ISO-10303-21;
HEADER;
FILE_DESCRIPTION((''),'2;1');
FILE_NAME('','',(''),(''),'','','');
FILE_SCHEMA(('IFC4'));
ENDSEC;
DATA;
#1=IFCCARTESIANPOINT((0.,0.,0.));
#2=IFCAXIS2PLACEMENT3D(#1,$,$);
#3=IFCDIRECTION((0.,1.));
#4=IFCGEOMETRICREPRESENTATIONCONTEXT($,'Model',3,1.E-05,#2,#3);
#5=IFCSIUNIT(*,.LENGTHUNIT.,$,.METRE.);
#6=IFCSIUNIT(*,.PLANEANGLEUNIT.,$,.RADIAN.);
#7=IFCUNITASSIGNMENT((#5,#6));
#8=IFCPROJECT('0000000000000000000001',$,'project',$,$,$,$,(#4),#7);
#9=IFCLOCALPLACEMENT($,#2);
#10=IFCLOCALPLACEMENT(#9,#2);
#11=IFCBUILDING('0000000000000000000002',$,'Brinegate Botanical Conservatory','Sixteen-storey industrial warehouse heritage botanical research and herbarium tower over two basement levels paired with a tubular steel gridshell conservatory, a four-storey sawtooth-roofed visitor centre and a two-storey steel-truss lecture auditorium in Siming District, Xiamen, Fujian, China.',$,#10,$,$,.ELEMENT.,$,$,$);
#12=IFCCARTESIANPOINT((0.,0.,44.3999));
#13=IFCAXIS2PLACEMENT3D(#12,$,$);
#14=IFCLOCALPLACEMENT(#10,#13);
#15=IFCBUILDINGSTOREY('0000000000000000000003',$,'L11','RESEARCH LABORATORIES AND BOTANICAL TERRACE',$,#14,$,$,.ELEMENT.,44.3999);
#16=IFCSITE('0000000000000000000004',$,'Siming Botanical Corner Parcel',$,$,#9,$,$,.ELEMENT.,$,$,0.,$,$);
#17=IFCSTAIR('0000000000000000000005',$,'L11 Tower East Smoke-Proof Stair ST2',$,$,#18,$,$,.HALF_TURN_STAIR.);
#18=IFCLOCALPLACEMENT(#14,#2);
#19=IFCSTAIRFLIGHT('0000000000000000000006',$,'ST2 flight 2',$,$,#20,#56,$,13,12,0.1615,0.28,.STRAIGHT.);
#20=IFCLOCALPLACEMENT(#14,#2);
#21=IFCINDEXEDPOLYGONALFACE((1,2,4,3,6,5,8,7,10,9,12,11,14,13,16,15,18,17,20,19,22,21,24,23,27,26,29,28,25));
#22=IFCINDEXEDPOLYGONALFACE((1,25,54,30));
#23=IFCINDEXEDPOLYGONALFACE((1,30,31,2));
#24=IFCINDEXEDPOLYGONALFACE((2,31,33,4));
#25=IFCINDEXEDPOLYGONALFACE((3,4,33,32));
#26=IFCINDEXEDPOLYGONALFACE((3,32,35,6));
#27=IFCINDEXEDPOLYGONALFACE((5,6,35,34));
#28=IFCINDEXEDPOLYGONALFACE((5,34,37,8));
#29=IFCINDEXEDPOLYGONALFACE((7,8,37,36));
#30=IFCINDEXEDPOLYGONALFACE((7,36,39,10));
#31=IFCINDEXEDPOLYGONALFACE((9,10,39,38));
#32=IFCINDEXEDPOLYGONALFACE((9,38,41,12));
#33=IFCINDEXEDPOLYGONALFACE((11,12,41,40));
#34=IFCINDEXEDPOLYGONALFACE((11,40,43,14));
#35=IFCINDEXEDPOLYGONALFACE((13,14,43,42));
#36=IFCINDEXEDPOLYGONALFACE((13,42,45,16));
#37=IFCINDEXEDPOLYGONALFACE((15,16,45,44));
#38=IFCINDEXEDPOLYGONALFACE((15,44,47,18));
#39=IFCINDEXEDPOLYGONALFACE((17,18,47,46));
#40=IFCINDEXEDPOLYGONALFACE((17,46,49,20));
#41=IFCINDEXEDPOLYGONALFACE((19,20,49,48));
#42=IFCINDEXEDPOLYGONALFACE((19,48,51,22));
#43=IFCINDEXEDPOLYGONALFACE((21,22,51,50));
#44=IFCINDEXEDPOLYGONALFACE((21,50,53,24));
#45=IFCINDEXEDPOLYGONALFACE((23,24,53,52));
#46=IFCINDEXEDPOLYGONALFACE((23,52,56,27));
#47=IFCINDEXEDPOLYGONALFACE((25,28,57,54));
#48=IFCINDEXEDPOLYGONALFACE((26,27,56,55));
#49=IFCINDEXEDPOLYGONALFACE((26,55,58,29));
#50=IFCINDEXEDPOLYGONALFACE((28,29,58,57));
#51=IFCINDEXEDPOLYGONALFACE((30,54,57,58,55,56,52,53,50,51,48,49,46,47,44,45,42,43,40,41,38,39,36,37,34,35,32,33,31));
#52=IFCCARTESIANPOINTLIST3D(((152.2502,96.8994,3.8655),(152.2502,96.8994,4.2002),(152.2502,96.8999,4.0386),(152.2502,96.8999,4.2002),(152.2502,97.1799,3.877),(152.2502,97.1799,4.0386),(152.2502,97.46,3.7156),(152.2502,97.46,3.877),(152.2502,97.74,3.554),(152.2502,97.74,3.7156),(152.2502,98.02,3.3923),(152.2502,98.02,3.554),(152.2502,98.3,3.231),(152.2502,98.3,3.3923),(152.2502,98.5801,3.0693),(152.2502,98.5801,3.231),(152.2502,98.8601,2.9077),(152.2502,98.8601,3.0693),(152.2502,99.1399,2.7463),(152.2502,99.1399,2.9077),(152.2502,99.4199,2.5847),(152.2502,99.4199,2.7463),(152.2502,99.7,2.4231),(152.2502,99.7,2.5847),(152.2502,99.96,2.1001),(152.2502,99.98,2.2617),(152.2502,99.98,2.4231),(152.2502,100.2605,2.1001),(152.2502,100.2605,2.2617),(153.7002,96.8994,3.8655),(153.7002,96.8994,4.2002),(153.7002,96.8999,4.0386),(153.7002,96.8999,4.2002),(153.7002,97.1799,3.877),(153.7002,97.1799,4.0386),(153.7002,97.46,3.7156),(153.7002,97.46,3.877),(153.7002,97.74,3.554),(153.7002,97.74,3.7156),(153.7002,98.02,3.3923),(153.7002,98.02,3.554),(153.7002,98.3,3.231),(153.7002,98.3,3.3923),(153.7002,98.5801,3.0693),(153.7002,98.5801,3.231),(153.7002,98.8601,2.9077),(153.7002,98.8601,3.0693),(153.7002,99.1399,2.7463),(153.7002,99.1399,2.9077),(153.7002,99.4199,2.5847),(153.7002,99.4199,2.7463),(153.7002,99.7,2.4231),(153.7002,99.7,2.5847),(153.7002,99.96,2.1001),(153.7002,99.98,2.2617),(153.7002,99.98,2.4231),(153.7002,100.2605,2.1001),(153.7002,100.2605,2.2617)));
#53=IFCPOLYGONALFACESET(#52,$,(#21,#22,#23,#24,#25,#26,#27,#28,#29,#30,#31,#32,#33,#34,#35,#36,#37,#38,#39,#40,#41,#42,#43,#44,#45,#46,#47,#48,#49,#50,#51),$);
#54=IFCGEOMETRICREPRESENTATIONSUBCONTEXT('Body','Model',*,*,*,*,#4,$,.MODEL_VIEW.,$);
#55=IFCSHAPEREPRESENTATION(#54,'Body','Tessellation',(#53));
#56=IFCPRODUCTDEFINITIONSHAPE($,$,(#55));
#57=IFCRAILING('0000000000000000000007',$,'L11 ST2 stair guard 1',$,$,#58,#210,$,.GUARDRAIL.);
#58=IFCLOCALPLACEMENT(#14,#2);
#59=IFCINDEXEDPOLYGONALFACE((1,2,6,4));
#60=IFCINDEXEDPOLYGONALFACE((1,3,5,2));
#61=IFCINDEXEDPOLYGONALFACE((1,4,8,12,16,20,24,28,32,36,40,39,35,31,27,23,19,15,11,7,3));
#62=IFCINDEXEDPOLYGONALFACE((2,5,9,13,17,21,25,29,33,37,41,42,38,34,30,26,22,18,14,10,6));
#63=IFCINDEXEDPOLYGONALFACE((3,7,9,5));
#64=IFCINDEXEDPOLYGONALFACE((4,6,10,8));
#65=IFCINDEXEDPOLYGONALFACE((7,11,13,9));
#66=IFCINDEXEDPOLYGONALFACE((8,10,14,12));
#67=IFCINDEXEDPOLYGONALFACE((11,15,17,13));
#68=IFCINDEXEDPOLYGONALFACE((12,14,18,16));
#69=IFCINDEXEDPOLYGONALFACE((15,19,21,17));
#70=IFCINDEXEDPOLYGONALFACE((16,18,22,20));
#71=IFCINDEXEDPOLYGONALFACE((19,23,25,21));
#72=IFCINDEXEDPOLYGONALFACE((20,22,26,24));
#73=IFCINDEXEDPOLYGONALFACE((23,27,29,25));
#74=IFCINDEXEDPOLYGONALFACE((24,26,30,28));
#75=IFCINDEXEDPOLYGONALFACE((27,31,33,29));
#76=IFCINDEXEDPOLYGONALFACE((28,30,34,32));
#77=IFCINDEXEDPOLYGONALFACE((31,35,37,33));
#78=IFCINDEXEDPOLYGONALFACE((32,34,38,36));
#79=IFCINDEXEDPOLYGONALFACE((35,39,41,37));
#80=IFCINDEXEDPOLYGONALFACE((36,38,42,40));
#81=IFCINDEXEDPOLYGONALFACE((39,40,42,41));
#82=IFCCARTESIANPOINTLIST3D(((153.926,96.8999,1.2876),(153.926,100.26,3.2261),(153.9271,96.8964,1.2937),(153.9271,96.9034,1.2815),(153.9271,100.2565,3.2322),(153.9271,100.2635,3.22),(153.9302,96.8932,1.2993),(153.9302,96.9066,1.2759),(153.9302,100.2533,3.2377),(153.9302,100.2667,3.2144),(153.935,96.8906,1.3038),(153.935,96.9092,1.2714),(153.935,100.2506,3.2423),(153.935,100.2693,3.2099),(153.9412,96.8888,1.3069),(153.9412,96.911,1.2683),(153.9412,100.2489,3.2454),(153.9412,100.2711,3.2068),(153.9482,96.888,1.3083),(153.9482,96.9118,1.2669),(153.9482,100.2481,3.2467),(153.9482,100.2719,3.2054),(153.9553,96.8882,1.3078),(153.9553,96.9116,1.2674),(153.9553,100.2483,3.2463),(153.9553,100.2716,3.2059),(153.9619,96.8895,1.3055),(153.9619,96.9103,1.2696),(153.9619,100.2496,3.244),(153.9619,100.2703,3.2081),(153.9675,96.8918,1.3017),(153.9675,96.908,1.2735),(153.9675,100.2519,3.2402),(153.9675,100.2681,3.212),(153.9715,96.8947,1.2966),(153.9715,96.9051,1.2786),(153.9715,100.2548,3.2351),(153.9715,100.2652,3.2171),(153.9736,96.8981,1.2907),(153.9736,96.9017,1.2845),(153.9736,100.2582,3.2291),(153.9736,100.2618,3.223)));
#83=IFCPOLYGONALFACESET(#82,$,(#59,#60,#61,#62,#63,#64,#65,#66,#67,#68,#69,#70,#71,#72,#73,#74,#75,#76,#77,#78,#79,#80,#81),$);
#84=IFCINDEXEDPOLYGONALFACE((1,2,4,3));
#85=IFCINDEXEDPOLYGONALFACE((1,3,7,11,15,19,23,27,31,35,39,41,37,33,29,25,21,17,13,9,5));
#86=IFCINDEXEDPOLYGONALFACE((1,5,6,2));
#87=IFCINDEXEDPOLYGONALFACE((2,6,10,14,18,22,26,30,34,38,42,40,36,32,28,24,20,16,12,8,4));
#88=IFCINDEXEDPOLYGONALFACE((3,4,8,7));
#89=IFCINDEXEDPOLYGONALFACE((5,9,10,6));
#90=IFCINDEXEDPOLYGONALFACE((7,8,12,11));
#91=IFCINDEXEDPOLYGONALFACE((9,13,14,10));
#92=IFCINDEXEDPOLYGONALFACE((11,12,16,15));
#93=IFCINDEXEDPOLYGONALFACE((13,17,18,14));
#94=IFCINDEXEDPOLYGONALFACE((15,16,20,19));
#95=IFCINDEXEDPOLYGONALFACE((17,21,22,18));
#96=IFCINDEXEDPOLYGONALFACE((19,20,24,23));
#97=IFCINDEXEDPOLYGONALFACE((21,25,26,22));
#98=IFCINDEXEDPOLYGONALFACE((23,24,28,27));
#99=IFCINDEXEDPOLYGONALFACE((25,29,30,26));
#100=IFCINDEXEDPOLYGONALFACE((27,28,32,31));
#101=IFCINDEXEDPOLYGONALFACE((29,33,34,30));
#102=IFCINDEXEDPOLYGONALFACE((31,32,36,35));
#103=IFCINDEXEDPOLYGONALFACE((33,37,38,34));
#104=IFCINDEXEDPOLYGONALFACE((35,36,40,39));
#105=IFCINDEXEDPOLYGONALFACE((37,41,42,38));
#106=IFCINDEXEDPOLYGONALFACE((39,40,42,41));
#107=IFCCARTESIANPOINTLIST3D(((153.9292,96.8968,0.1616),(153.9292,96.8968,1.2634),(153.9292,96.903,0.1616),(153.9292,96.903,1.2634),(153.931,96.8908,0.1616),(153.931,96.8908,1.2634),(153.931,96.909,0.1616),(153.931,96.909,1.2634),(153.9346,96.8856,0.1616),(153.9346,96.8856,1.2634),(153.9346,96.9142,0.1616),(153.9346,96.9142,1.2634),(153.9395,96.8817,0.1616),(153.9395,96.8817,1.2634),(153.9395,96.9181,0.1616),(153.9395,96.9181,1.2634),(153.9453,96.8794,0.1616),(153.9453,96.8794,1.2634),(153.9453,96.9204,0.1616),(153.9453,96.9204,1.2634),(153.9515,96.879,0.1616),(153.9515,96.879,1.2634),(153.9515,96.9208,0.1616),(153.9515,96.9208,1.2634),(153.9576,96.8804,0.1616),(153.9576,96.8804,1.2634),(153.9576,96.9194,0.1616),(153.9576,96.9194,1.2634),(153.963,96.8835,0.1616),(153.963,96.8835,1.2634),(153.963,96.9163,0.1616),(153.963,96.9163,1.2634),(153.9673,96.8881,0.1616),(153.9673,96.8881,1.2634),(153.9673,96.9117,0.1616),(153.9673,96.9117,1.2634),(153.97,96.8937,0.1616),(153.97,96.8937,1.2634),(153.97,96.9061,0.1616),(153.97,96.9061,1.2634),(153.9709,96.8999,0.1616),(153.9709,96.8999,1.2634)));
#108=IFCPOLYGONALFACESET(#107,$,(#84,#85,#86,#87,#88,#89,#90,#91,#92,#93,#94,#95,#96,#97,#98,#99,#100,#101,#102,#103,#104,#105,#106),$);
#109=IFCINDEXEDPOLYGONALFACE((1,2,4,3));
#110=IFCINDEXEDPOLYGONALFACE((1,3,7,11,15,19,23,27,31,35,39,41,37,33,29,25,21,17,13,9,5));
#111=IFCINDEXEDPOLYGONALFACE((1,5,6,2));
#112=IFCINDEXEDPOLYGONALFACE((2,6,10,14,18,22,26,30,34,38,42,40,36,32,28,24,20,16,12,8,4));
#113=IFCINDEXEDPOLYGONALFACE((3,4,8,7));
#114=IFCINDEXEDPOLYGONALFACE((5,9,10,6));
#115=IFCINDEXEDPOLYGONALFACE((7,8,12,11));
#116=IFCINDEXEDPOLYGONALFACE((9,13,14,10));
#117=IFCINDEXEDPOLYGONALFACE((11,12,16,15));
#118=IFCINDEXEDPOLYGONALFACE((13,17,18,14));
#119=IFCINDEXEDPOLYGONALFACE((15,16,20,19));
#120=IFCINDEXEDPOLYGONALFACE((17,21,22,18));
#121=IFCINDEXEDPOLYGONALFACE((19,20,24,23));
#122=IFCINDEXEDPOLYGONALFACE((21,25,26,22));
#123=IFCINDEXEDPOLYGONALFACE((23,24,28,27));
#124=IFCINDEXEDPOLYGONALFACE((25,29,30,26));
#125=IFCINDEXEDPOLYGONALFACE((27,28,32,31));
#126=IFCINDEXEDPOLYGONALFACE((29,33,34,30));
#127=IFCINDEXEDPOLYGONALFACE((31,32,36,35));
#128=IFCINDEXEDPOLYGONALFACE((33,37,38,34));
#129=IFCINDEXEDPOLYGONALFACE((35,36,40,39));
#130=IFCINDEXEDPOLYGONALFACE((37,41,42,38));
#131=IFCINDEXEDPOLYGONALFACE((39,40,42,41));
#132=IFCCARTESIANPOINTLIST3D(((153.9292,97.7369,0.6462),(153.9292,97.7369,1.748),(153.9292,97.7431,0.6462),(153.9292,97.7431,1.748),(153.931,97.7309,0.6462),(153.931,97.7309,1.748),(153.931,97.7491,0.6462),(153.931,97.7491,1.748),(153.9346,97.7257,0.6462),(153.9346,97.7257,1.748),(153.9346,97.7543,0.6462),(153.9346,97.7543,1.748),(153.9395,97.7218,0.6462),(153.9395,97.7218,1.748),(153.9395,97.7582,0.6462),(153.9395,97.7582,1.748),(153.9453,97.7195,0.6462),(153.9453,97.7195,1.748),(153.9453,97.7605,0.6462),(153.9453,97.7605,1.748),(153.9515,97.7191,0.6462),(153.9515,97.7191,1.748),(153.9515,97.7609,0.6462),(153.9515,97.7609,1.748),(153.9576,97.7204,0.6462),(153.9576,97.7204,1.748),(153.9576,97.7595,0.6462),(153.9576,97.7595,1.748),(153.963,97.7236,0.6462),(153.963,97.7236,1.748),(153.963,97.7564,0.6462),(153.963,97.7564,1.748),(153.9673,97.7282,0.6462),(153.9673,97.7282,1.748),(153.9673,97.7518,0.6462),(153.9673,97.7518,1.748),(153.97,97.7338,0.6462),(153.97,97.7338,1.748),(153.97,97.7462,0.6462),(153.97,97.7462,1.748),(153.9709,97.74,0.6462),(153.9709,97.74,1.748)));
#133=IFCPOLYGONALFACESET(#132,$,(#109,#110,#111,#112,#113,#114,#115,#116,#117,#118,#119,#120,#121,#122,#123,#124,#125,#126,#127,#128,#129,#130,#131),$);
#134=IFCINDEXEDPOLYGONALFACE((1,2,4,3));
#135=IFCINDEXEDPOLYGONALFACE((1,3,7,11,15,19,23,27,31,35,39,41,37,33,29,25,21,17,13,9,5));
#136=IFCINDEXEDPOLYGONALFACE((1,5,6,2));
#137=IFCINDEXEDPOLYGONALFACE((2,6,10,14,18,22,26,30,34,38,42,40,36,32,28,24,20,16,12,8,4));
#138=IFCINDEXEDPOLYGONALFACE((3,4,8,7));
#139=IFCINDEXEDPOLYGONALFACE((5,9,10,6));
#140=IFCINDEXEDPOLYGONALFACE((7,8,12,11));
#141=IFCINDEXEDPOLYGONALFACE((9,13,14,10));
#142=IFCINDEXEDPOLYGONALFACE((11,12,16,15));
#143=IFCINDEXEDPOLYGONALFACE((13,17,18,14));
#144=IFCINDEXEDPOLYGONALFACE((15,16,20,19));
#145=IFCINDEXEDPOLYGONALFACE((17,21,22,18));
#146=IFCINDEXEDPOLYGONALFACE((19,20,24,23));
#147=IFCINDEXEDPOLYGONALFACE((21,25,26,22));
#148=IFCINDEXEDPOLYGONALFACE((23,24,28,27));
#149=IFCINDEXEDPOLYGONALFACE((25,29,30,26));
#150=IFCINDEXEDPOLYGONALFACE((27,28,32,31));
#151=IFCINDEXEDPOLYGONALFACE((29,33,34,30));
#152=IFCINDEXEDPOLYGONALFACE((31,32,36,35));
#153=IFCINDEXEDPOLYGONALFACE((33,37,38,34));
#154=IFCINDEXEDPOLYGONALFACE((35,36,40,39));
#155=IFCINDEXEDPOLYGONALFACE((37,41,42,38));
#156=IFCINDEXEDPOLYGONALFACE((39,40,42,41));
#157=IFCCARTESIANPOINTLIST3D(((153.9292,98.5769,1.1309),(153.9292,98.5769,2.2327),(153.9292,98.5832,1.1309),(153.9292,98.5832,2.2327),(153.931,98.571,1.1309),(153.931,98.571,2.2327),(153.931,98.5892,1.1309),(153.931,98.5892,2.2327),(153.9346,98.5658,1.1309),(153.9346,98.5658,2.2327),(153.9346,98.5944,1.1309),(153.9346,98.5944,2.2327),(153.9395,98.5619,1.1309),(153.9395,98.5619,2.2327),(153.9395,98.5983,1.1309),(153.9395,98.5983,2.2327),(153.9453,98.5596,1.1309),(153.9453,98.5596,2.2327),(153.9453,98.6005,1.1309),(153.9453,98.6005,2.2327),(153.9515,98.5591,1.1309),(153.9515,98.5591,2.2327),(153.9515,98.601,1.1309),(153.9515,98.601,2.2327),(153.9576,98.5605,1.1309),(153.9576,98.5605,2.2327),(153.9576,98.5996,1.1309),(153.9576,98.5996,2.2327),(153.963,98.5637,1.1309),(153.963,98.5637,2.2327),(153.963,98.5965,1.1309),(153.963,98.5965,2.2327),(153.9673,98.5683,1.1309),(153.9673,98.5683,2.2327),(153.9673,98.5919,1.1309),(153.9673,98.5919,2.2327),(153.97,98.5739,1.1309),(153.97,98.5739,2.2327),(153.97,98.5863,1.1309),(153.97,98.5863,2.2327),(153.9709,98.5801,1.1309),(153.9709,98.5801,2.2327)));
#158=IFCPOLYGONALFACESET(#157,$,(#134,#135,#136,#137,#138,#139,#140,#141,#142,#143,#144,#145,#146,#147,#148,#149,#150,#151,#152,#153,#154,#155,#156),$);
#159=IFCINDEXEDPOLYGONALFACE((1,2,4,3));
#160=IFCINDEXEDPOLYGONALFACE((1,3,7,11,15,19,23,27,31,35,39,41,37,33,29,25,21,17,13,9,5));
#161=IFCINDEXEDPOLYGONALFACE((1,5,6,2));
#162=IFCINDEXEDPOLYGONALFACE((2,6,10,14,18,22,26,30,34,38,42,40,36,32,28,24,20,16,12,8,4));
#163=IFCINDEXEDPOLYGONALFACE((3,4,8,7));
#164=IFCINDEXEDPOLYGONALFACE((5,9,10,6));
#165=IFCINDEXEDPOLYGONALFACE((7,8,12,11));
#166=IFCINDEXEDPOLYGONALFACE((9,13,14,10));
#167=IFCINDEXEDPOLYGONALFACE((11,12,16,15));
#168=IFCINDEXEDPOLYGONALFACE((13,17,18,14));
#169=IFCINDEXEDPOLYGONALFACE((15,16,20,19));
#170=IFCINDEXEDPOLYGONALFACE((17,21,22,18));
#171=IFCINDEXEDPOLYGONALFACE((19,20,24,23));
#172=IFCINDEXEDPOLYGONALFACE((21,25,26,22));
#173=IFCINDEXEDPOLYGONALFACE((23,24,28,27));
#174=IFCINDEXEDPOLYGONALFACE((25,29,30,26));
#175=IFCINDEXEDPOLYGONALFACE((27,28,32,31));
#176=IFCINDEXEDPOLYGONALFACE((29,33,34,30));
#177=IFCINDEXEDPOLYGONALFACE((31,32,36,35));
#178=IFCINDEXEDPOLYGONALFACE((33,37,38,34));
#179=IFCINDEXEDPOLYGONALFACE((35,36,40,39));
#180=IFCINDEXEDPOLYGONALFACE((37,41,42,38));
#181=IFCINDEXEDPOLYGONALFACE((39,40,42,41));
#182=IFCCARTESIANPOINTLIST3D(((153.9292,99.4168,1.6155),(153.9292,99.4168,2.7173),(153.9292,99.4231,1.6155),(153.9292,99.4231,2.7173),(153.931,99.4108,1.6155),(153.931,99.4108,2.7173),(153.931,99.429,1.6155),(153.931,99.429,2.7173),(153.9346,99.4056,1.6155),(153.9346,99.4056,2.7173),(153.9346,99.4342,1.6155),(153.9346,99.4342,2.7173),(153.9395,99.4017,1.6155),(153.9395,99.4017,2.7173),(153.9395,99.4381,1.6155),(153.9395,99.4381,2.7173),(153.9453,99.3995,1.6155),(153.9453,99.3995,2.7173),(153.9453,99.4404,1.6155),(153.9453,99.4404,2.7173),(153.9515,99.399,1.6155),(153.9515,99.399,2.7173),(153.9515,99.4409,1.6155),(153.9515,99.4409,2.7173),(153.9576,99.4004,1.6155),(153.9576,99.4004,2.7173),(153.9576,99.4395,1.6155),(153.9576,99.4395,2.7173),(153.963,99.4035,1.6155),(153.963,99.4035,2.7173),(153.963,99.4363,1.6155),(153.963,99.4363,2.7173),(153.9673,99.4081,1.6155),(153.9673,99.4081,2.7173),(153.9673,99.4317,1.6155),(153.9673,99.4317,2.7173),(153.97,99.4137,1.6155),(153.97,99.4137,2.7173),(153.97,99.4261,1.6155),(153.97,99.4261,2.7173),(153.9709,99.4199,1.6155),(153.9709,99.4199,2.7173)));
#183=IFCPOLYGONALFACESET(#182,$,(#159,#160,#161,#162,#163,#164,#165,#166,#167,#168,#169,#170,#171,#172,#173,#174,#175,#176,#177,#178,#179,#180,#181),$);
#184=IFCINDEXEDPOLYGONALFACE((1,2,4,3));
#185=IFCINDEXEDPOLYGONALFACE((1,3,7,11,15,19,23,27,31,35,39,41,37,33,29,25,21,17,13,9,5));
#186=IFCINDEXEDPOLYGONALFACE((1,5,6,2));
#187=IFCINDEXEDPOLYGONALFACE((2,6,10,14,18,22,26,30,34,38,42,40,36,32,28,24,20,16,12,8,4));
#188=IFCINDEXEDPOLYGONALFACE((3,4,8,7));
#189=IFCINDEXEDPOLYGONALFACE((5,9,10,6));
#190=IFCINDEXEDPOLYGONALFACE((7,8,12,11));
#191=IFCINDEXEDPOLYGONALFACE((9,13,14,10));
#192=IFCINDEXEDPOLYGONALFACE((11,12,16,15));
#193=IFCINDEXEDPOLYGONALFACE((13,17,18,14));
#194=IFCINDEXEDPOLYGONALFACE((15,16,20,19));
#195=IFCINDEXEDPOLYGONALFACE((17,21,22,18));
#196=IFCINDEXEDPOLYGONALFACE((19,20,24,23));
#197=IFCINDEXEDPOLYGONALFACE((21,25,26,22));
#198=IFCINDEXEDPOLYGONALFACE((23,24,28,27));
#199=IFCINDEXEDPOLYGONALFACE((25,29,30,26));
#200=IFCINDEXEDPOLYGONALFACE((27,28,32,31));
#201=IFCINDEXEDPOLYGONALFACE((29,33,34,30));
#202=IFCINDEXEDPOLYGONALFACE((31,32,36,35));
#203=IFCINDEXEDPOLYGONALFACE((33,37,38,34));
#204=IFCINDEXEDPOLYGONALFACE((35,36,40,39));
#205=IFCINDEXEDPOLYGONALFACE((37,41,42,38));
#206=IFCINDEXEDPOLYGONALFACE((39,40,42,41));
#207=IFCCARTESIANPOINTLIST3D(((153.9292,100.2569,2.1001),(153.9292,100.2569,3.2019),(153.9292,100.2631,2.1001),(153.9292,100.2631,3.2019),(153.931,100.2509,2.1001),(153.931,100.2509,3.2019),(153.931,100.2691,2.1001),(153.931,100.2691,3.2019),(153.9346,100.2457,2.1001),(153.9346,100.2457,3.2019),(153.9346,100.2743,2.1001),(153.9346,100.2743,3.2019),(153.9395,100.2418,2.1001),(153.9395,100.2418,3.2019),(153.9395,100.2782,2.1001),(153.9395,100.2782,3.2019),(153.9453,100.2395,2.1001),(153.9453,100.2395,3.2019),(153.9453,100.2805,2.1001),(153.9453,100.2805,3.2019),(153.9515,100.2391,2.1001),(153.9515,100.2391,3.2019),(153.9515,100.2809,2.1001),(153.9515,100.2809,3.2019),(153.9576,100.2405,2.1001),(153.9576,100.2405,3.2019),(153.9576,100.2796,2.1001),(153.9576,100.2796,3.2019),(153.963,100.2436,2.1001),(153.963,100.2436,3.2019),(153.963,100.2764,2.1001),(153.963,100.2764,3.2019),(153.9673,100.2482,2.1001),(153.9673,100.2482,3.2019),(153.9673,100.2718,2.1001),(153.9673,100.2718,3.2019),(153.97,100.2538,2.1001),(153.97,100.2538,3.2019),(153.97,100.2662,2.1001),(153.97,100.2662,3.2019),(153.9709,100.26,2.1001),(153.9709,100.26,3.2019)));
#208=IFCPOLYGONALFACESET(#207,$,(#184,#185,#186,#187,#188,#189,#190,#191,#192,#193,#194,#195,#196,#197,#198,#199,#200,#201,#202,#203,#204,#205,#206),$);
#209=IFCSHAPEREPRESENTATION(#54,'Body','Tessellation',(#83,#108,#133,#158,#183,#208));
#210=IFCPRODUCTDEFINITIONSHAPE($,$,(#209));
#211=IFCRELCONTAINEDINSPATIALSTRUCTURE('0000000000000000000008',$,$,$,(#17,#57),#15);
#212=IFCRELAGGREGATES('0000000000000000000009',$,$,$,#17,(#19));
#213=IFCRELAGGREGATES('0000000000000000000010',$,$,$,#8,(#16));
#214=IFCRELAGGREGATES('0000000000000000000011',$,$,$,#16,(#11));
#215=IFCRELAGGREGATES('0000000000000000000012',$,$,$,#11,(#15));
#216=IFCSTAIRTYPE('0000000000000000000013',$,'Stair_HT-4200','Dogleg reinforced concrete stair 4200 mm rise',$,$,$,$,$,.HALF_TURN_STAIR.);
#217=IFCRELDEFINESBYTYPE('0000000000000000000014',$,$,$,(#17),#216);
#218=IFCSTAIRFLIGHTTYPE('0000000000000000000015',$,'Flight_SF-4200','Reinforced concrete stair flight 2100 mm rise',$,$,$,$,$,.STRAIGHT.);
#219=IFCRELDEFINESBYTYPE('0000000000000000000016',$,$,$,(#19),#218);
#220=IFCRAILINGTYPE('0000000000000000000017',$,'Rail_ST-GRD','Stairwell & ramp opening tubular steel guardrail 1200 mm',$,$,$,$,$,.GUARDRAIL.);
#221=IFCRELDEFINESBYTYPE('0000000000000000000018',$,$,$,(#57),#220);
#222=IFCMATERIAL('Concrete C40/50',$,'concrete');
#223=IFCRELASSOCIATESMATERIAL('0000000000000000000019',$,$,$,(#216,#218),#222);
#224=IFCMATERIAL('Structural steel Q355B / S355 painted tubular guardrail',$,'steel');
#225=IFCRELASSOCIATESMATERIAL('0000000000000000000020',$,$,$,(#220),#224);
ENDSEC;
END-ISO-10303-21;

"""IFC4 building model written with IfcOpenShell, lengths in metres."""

from ifc_helpers import new_model, si_unit, direction, frame, origin, origin_2d, place, context, subcontext, project, spatial, polyline, circle, outline, extrude, material, type_object, element, aggregate, save


model = new_model("IFC4")

# Units and contexts
model_context = context("Model", 3, precision=1e-05, world=origin(), true_north=direction((0.0, 1.0)))
body_context = subcontext(model_context, "Body", "Model", "MODEL_VIEW")
ifc_project = project(units=[si_unit("LENGTHUNIT", "METRE"), si_unit("PLANEANGLEUNIT", "RADIAN")], contexts=[model_context])

# Site, building, storey
site_placement = place(None, origin())
site = spatial("IfcSite", under=ifc_project, at=site_placement, Name="Siming Botanical Corner Parcel", CompositionType="ELEMENT", RefElevation=0.0)
building_placement = place(site_placement, origin())
building = spatial("IfcBuilding", under=site, at=building_placement, Name="Brinegate Botanical Conservatory", Description="Sixteen-storey industrial warehouse heritage botanical research and herbarium tower over two basement levels paired with a tubular steel gridshell conservatory, a four-storey sawtooth-roofed visitor centre and a two-storey steel-truss lecture auditorium in Siming District, Xiamen, Fujian, China.", CompositionType="ELEMENT")
storey_placement = place(building_placement, frame((0.0, 0.0, 44.3999)))
storey = spatial("IfcBuildingStorey", under=building, at=storey_placement, Name="L11", Description="RESEARCH LABORATORIES AND BOTANICAL TERRACE", CompositionType="ELEMENT", Elevation=44.3999)

# Shared definitions
ifc_material_1 = material(Name="Concrete C40/50", Category="concrete")

# Stair, stair flight
stair_type = type_object("IfcStairType", Name="Stair_HT-4200", Description="Dogleg reinforced concrete stair 4200 mm rise", PredefinedType="HALF_TURN_STAIR", material=ifc_material_1)
stair_placement = place(storey_placement, origin())
stair = element("IfcStair", 1, at=stair_placement, inside=storey, type_object=stair_type, Name="L11 Tower East Smoke-Proof Stair ST2", PredefinedType="HALF_TURN_STAIR")
stair_flight_type = type_object("IfcStairFlightType", Name="Flight_SF-4200", Description="Reinforced concrete stair flight 2100 mm rise", PredefinedType="STRAIGHT", material=ifc_material_1)
stair_flight_1_placement = place(storey_placement, frame((152.9751, 100.26, 2.1001), z_axis=(0.0, 0.0, 1.0), x_axis=(0.0, -1.0, 0.0)))
stair_flight_1 = element("IfcStairFlight", 2, at=stair_flight_1_placement, type_object=stair_flight_type, Name="ST2 flight 2", NumberOfRisers=13, NumberOfTreads=12, PredefinedType="STRAIGHT", RiserHeight=0.1615, TreadLength=0.28, context=body_context, shape_type="SweptSolid", body=[
    extrude(outline(polyline([(-0.0005, 0.0), (-0.0005, 0.1616), (0.28, 0.1616), (0.28, 0.323), (0.5601, 0.323), (0.5601, 0.4846), (0.8401, 0.4846), (0.8401, 0.6462), (1.1201, 0.6462), (1.1201, 0.8076), (1.3999, 0.8076), (1.3999, 0.9692), (1.6799, 0.9692), (1.6799, 1.1309), (1.96, 1.1309), (1.96, 1.2922), (2.24, 1.2922), (2.24, 1.4539), (2.52, 1.4539), (2.52, 1.6155), (2.8, 1.6155), (2.8, 1.7769), (3.0801, 1.7769), (3.0801, 1.9385), (3.3601, 1.9385), (3.3601, 2.1001), (3.3606, 2.1001), (3.3606, 1.7654), (0.3, 0.0), (-0.0005, 0.0)])), frame((0.0, 0.7251, 0.0), z_axis=(0.0, -1.0, 0.0), x_axis=(1.0, 0.0, 0.0)), (0.0, 0.0, 1.0), 1.45),
])
aggregate(stair, [stair_flight_1])

# Railing
ifc_material_2 = material(Name="Structural steel Q355B / S355 painted tubular guardrail", Category="steel")
railing_type_1 = type_object("IfcRailingType", Name="Rail_ST-GRD", Description="Stairwell & ramp opening tubular steel guardrail 1200 mm", PredefinedType="GUARDRAIL", material=ifc_material_2)
railing_1_placement = place(storey_placement, frame((153.95, 96.8999, 0.1616)))
element("IfcRailing", 3, at=railing_1_placement, inside=storey, type_object=railing_type_1, Name="L11 ST2 stair guard 1", PredefinedType="GUARDRAIL", context=body_context, shape_type="SweptSolid", body=[
    extrude(circle(Radius=0.0239, at=origin_2d()), frame((0.0, 0.0, 1.126), z_axis=(0.0, 0.866191, 0.499713), x_axis=(-1.0, 0.0, 0.0)), (0.0, 0.0, 1.0), 3.8792),
    extrude(circle(Radius=0.021, at=origin_2d()), origin(), (0.0, 0.0, 1.0), 1.1018),
    extrude(circle(Radius=0.021, at=origin_2d()), frame((0.0, 0.8401, 0.4846)), (0.0, 0.0, 1.0), 1.1018),
    extrude(circle(Radius=0.021, at=origin_2d()), frame((0.0, 1.6802, 0.9692)), (0.0, 0.0, 1.0), 1.1018),
    extrude(circle(Radius=0.021, at=origin_2d()), frame((0.0, 2.52, 1.4539)), (0.0, 0.0, 1.0), 1.1018),
    extrude(circle(Radius=0.021, at=origin_2d()), frame((0.0, 3.3601, 1.9385)), (0.0, 0.0, 1.0), 1.1018),
])

save(model, "model.ifc")
